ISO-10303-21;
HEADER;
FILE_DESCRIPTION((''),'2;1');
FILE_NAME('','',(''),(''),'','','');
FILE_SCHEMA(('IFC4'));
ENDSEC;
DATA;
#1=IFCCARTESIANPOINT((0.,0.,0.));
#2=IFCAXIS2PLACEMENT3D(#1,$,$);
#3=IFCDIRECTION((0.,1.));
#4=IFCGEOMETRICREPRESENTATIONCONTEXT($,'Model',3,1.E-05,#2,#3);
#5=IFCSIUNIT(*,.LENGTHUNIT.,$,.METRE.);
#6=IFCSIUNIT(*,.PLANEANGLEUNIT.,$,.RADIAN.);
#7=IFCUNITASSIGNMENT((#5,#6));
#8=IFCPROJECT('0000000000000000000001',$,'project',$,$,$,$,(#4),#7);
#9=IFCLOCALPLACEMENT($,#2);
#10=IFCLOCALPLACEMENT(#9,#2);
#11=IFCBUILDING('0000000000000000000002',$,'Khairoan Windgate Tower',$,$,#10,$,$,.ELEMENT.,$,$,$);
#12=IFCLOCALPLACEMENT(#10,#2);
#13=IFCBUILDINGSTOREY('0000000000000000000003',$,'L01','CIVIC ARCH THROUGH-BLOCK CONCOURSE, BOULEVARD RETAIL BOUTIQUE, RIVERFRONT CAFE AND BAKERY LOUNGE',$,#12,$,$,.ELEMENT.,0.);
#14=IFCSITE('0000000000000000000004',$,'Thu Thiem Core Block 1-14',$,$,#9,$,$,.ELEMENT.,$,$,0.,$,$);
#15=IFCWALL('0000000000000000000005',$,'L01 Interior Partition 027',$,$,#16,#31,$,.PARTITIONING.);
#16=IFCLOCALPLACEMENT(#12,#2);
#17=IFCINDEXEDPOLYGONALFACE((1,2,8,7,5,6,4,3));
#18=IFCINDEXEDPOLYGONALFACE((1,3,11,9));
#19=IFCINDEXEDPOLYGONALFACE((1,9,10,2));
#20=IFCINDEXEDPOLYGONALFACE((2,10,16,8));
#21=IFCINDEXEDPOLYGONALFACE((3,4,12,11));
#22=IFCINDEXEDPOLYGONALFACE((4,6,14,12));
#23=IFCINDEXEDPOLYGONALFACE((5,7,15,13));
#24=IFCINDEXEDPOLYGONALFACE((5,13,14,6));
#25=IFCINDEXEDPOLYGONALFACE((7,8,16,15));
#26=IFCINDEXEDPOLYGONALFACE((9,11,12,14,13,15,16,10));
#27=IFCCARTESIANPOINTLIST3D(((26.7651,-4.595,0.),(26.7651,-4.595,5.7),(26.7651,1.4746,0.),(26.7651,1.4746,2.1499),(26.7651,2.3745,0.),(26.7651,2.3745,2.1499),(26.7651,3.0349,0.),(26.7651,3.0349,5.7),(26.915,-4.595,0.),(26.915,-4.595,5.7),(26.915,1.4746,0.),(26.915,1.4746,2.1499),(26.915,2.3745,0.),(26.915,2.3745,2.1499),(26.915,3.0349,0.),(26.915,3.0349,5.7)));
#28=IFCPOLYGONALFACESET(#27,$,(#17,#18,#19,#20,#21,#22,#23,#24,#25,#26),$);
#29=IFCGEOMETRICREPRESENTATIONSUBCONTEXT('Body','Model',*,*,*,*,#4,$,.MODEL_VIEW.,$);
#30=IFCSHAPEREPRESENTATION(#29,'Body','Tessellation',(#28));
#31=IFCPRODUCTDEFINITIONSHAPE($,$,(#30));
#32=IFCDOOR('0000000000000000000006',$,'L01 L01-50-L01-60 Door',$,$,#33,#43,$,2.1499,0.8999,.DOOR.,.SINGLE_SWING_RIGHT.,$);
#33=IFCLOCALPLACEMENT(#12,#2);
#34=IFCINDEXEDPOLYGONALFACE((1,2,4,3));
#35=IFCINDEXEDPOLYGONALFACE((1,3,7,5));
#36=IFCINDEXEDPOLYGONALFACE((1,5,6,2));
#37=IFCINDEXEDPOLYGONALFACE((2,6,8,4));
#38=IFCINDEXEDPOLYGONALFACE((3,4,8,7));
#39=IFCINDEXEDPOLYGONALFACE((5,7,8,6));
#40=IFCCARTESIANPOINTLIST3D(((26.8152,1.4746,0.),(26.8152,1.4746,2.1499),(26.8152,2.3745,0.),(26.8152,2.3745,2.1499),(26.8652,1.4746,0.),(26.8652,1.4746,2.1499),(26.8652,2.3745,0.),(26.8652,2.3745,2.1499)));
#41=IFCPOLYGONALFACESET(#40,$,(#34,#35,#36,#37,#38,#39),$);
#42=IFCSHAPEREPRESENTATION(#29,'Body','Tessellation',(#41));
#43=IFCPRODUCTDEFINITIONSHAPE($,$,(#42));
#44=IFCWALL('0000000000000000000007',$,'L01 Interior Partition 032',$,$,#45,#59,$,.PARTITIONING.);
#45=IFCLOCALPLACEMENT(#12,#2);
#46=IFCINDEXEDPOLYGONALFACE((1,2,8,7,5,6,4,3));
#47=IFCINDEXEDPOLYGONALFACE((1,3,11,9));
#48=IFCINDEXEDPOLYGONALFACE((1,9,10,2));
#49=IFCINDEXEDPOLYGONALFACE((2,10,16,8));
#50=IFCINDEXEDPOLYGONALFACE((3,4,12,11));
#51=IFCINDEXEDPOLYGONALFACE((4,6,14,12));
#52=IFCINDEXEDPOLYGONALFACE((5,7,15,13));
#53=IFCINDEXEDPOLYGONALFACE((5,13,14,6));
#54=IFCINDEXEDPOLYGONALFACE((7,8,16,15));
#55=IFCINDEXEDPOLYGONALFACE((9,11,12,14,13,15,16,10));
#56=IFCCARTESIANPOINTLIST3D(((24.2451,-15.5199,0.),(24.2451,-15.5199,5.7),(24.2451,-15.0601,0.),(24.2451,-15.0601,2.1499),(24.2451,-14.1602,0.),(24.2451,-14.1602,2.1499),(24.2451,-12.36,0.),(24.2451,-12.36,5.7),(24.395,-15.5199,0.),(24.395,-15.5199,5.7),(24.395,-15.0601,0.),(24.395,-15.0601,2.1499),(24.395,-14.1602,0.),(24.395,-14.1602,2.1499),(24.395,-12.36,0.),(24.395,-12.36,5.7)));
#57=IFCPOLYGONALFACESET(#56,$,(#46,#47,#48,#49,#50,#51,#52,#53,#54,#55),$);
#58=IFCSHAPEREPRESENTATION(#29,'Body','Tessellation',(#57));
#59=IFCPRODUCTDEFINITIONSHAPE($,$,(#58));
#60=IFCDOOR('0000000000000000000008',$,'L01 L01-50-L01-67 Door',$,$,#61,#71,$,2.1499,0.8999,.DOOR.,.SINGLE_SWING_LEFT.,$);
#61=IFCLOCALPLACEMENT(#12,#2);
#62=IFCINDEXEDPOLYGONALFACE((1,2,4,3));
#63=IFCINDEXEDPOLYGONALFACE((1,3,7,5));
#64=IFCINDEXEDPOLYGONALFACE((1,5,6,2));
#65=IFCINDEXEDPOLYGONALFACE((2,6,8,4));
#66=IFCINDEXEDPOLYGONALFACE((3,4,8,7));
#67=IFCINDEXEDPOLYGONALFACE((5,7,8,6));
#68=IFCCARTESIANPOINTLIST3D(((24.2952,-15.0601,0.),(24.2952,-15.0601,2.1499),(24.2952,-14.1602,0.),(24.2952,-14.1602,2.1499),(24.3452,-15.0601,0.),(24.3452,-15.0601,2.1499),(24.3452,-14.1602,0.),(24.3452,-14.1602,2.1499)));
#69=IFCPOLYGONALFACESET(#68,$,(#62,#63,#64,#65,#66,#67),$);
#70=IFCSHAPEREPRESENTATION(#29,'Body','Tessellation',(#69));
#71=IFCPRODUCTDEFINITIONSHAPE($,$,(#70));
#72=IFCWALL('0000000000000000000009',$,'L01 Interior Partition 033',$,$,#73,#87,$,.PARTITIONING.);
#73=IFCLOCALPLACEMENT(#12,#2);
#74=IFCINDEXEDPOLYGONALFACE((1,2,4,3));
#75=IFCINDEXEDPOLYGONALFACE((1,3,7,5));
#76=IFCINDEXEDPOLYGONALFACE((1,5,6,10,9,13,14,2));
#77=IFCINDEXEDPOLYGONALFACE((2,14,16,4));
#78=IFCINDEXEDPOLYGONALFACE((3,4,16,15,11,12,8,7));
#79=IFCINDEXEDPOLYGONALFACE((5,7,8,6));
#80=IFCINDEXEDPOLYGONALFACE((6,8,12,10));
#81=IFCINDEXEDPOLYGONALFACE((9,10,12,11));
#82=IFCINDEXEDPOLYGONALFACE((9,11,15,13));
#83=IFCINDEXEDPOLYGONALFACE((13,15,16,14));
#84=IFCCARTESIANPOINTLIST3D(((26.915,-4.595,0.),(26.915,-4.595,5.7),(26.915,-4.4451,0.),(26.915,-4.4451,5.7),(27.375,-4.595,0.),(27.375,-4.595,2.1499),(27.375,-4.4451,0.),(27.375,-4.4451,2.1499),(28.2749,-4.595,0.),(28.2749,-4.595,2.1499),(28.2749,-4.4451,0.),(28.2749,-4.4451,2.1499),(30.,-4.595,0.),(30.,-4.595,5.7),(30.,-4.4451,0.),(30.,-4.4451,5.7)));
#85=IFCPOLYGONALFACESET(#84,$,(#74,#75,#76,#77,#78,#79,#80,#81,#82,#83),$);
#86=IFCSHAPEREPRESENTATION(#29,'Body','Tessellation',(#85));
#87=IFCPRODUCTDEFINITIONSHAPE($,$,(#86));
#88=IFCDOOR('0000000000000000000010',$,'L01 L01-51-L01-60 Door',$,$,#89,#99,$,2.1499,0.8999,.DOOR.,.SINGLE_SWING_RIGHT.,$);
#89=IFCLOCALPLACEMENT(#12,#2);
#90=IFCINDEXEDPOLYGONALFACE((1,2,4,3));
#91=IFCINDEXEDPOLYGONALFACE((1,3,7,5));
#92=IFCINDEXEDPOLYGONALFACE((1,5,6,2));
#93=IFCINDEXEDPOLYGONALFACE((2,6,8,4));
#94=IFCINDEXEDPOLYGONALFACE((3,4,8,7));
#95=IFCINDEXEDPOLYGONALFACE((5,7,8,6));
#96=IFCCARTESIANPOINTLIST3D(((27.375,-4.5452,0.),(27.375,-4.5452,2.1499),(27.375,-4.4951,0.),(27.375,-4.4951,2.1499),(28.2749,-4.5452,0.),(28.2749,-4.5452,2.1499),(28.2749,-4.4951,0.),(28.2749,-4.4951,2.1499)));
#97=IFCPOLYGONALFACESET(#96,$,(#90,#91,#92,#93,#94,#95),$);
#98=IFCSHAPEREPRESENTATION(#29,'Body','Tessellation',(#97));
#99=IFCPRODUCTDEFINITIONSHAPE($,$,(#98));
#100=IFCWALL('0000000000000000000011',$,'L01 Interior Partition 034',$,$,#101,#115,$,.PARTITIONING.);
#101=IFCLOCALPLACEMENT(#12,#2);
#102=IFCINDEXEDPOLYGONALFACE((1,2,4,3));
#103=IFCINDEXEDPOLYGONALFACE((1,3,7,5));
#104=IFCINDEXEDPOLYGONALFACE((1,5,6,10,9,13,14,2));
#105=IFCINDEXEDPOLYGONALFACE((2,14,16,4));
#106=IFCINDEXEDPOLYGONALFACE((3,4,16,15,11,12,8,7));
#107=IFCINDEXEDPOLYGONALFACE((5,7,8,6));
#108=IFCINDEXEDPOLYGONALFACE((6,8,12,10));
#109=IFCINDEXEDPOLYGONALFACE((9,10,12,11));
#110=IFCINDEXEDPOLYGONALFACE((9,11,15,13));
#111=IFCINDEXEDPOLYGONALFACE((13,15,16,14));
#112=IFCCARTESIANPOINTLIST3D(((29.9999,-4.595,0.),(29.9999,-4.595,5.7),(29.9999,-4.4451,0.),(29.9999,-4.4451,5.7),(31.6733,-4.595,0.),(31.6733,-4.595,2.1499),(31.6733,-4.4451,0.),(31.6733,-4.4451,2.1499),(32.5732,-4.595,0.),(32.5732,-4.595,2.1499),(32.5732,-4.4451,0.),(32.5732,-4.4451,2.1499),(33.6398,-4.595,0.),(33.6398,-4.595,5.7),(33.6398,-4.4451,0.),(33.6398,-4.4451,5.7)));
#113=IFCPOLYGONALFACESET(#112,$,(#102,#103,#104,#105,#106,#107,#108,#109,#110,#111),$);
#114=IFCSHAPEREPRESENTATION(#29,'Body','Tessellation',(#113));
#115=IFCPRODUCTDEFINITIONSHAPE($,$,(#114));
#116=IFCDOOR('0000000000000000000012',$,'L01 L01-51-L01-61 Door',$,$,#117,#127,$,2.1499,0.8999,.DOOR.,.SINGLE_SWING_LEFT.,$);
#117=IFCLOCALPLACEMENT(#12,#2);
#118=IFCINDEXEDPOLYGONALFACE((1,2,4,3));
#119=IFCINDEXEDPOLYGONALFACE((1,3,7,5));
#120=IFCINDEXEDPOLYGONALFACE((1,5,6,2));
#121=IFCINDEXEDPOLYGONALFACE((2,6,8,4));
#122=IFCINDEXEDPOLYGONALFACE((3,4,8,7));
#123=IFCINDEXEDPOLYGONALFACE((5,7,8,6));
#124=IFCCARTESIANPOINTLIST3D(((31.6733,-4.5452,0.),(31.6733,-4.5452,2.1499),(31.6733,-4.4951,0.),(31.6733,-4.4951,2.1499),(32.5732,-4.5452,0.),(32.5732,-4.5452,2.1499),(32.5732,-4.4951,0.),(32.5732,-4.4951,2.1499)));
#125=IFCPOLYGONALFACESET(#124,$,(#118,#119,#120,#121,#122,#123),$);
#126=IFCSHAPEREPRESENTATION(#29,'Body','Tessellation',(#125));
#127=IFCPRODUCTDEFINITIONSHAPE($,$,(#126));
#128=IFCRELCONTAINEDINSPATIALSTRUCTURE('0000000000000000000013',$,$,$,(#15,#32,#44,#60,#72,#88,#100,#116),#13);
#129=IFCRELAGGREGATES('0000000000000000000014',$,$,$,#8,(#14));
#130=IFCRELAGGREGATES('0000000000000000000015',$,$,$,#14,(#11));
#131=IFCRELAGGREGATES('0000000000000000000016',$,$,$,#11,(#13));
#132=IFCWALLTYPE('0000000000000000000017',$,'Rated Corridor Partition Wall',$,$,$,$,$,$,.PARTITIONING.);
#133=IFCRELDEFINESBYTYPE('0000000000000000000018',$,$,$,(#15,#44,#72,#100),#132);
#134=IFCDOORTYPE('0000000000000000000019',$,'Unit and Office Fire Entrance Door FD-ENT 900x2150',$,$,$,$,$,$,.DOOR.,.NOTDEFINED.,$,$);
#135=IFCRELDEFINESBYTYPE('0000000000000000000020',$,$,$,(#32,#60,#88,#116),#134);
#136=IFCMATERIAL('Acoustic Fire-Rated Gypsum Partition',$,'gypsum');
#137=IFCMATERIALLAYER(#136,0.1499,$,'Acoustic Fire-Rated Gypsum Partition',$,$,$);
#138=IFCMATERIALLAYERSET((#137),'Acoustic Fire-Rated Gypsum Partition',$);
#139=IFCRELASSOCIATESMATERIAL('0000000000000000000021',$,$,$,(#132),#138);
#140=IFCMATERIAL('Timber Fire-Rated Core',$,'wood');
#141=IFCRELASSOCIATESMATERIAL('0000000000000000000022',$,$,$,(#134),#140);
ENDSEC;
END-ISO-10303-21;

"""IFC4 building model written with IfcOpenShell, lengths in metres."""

from ifc_helpers import new_model, si_unit, direction, frame, frame_2d, origin, place, context, subcontext, project, spatial, rectangle, extrude, material, layer, layer_set, type_object, element, fill, save


model = new_model("IFC4")

# Units and contexts
model_context = context("Model", 3, precision=1e-05, world=origin(), true_north=direction((0.0, 1.0)))
body_context = subcontext(model_context, "Body", "Model", "MODEL_VIEW")
ifc_project = project(units=[si_unit("LENGTHUNIT", "METRE"), si_unit("PLANEANGLEUNIT", "RADIAN")], contexts=[model_context])

# Site, building, storey
site_placement = place(None, origin())
site = spatial("IfcSite", under=ifc_project, at=site_placement, Name="Thu Thiem Core Block 1-14", CompositionType="ELEMENT", RefElevation=0.0)
building_placement = place(site_placement, origin())
building = spatial("IfcBuilding", under=site, at=building_placement, Name="Khairoan Windgate Tower", CompositionType="ELEMENT")
storey_placement = place(building_placement, origin())
storey = spatial("IfcBuildingStorey", under=building, at=storey_placement, Name="L01", Description="CIVIC ARCH THROUGH-BLOCK CONCOURSE, BOULEVARD RETAIL BOUTIQUE, RIVERFRONT CAFE AND BAKERY LOUNGE", CompositionType="ELEMENT", Elevation=0.0)

# Walls, openings, doors
ifc_material_1 = material(Name="Acoustic Fire-Rated Gypsum Partition", Category="gypsum")
ifc_layer_1 = layer(ifc_material_1, 0.1499, Name="Acoustic Fire-Rated Gypsum Partition")
ifc_layer_set_1 = layer_set([ifc_layer_1], Name="Acoustic Fire-Rated Gypsum Partition")
wall_type_1 = type_object("IfcWallType", Name="Rated Corridor Partition Wall", PredefinedType="PARTITIONING", material=ifc_layer_set_1)
wall_1_placement = place(storey_placement, frame((26.8401, -4.595, 0.0), z_axis=(0.0, 0.0, 1.0), x_axis=(0.0, 1.0, 0.0)))
wall_1 = element("IfcWall", 1, at=wall_1_placement, inside=storey, type_object=wall_type_1, Name="L01 Interior Partition 027", PredefinedType="PARTITIONING", context=body_context, shape_type="SweptSolid", body=[
    extrude(rectangle(XDim=7.6299, YDim=0.1499, at=frame_2d((3.8149, 0.0))), origin(), (0.0, 0.0, 1.0), 5.7),
])
opening_1_placement = place(wall_1_placement, frame((6.0696, 0.0, 0.0)))
opening_1 = element("IfcOpeningElement", 2, at=opening_1_placement, cuts=wall_1, PredefinedType="OPENING", context=body_context, shape_type="SweptSolid", body=[
    extrude(rectangle(XDim=0.8999, YDim=2.1499, at=frame_2d((0.45, 1.075))), frame((0.0, 0.085, 0.0), z_axis=(0.0, -1.0, 0.0), x_axis=(1.0, 0.0, 0.0)), (0.0, 0.0, 1.0), 0.1699),
])
ifc_material_2 = material(Name="Timber Fire-Rated Core", Category="wood")
door_type_1 = type_object("IfcDoorType", Name="Unit and Office Fire Entrance Door FD-ENT 900x2150", OperationType="NOTDEFINED", PredefinedType="DOOR", material=ifc_material_2)
door_1_placement = place(opening_1_placement, origin())
door_1 = element("IfcDoor", 3, at=door_1_placement, inside=storey, type_object=door_type_1, Name="L01 L01-50-L01-60 Door", OperationType="SINGLE_SWING_RIGHT", OverallHeight=2.1499, OverallWidth=0.8999, PredefinedType="DOOR", context=body_context, shape_type="SweptSolid", body=[
    extrude(rectangle(XDim=0.8999, YDim=2.1499, at=frame_2d((0.45, 1.075))), frame((0.0, 0.0249, 0.0), z_axis=(0.0, -1.0, 0.0), x_axis=(1.0, 0.0, 0.0)), (0.0, 0.0, 1.0), 0.05),
])
fill(opening_1, door_1)
wall_2_placement = place(storey_placement, frame((24.3201, -15.52, 0.0), z_axis=(0.0, 0.0, 1.0), x_axis=(0.0, 1.0, 0.0)))
wall_2 = element("IfcWall", 4, at=wall_2_placement, inside=storey, type_object=wall_type_1, Name="L01 Interior Partition 032", PredefinedType="PARTITIONING", context=body_context, shape_type="SweptSolid", body=[
    extrude(rectangle(XDim=3.1599, YDim=0.1499, at=frame_2d((1.5801, 0.0))), origin(), (0.0, 0.0, 1.0), 5.7),
])
opening_2_placement = place(wall_2_placement, frame((0.46, 0.0, 0.0)))
opening_2 = element("IfcOpeningElement", 5, at=opening_2_placement, cuts=wall_2, PredefinedType="OPENING", context=body_context, shape_type="SweptSolid", body=[
    extrude(rectangle(XDim=0.8999, YDim=2.1499, at=frame_2d((0.45, 1.075))), frame((0.0, 0.085, 0.0), z_axis=(0.0, -1.0, 0.0), x_axis=(1.0, 0.0, 0.0)), (0.0, 0.0, 1.0), 0.1699),
])
door_2_placement = place(opening_2_placement, origin())
door_2 = element("IfcDoor", 6, at=door_2_placement, inside=storey, type_object=door_type_1, Name="L01 L01-50-L01-67 Door", OperationType="SINGLE_SWING_LEFT", OverallHeight=2.1499, OverallWidth=0.8999, PredefinedType="DOOR", context=body_context, shape_type="SweptSolid", body=[
    extrude(rectangle(XDim=0.8999, YDim=2.1499, at=frame_2d((0.45, 1.075))), frame((0.0, 0.0249, 0.0), z_axis=(0.0, -1.0, 0.0), x_axis=(1.0, 0.0, 0.0)), (0.0, 0.0, 1.0), 0.05),
])
fill(opening_2, door_2)
wall_3_placement = place(storey_placement, frame((26.915, -4.52, 0.0), z_axis=(0.0, 0.0, 1.0), x_axis=(1.0, 0.0, 0.0)))
wall_3 = element("IfcWall", 7, at=wall_3_placement, inside=storey, type_object=wall_type_1, Name="L01 Interior Partition 033", PredefinedType="PARTITIONING", context=body_context, shape_type="SweptSolid", body=[
    extrude(rectangle(XDim=3.085, YDim=0.1499, at=frame_2d((1.5425, 0.0))), origin(), (0.0, 0.0, 1.0), 5.7),
])
opening_3_placement = place(wall_3_placement, frame((0.46, 0.0, 0.0)))
opening_3 = element("IfcOpeningElement", 8, at=opening_3_placement, cuts=wall_3, PredefinedType="OPENING", context=body_context, shape_type="SweptSolid", body=[
    extrude(rectangle(XDim=0.8999, YDim=2.1499, at=frame_2d((0.45, 1.075))), frame((0.0, 0.085, 0.0), z_axis=(0.0, -1.0, 0.0), x_axis=(1.0, 0.0, 0.0)), (0.0, 0.0, 1.0), 0.1699),
])
door_3_placement = place(opening_3_placement, origin())
door_3 = element("IfcDoor", 9, at=door_3_placement, inside=storey, type_object=door_type_1, Name="L01 L01-51-L01-60 Door", OperationType="SINGLE_SWING_RIGHT", OverallHeight=2.1499, OverallWidth=0.8999, PredefinedType="DOOR", context=body_context, shape_type="SweptSolid", body=[
    extrude(rectangle(XDim=0.8999, YDim=2.1499, at=frame_2d((0.45, 1.075))), frame((0.0, 0.0249, 0.0), z_axis=(0.0, -1.0, 0.0), x_axis=(1.0, 0.0, 0.0)), (0.0, 0.0, 1.0), 0.05),
])
fill(opening_3, door_3)
wall_4_placement = place(storey_placement, frame((30.0, -4.52, 0.0), z_axis=(0.0, 0.0, 1.0), x_axis=(1.0, 0.0, 0.0)))
wall_4 = element("IfcWall", 10, at=wall_4_placement, inside=storey, type_object=wall_type_1, Name="L01 Interior Partition 034", PredefinedType="PARTITIONING", context=body_context, shape_type="SweptSolid", body=[
    extrude(rectangle(XDim=3.6399, YDim=0.1499, at=frame_2d((1.8198, 0.0))), origin(), (0.0, 0.0, 1.0), 5.7),
])
opening_4_placement = place(wall_4_placement, frame((1.6733, 0.0, 0.0)))
opening_4 = element("IfcOpeningElement", 11, at=opening_4_placement, cuts=wall_4, PredefinedType="OPENING", context=body_context, shape_type="SweptSolid", body=[
    extrude(rectangle(XDim=0.8999, YDim=2.1499, at=frame_2d((0.45, 1.075))), frame((0.0, 0.085, 0.0), z_axis=(0.0, -1.0, 0.0), x_axis=(1.0, 0.0, 0.0)), (0.0, 0.0, 1.0), 0.1699),
])
door_4_placement = place(opening_4_placement, origin())
door_4 = element("IfcDoor", 12, at=door_4_placement, inside=storey, type_object=door_type_1, Name="L01 L01-51-L01-61 Door", OperationType="SINGLE_SWING_LEFT", OverallHeight=2.1499, OverallWidth=0.8999, PredefinedType="DOOR", context=body_context, shape_type="SweptSolid", body=[
    extrude(rectangle(XDim=0.8999, YDim=2.1499, at=frame_2d((0.45, 1.075))), frame((0.0, 0.0249, 0.0), z_axis=(0.0, -1.0, 0.0), x_axis=(1.0, 0.0, 0.0)), (0.0, 0.0, 1.0), 0.05),
])
fill(opening_4, door_4)

save(model, "model.ifc")
